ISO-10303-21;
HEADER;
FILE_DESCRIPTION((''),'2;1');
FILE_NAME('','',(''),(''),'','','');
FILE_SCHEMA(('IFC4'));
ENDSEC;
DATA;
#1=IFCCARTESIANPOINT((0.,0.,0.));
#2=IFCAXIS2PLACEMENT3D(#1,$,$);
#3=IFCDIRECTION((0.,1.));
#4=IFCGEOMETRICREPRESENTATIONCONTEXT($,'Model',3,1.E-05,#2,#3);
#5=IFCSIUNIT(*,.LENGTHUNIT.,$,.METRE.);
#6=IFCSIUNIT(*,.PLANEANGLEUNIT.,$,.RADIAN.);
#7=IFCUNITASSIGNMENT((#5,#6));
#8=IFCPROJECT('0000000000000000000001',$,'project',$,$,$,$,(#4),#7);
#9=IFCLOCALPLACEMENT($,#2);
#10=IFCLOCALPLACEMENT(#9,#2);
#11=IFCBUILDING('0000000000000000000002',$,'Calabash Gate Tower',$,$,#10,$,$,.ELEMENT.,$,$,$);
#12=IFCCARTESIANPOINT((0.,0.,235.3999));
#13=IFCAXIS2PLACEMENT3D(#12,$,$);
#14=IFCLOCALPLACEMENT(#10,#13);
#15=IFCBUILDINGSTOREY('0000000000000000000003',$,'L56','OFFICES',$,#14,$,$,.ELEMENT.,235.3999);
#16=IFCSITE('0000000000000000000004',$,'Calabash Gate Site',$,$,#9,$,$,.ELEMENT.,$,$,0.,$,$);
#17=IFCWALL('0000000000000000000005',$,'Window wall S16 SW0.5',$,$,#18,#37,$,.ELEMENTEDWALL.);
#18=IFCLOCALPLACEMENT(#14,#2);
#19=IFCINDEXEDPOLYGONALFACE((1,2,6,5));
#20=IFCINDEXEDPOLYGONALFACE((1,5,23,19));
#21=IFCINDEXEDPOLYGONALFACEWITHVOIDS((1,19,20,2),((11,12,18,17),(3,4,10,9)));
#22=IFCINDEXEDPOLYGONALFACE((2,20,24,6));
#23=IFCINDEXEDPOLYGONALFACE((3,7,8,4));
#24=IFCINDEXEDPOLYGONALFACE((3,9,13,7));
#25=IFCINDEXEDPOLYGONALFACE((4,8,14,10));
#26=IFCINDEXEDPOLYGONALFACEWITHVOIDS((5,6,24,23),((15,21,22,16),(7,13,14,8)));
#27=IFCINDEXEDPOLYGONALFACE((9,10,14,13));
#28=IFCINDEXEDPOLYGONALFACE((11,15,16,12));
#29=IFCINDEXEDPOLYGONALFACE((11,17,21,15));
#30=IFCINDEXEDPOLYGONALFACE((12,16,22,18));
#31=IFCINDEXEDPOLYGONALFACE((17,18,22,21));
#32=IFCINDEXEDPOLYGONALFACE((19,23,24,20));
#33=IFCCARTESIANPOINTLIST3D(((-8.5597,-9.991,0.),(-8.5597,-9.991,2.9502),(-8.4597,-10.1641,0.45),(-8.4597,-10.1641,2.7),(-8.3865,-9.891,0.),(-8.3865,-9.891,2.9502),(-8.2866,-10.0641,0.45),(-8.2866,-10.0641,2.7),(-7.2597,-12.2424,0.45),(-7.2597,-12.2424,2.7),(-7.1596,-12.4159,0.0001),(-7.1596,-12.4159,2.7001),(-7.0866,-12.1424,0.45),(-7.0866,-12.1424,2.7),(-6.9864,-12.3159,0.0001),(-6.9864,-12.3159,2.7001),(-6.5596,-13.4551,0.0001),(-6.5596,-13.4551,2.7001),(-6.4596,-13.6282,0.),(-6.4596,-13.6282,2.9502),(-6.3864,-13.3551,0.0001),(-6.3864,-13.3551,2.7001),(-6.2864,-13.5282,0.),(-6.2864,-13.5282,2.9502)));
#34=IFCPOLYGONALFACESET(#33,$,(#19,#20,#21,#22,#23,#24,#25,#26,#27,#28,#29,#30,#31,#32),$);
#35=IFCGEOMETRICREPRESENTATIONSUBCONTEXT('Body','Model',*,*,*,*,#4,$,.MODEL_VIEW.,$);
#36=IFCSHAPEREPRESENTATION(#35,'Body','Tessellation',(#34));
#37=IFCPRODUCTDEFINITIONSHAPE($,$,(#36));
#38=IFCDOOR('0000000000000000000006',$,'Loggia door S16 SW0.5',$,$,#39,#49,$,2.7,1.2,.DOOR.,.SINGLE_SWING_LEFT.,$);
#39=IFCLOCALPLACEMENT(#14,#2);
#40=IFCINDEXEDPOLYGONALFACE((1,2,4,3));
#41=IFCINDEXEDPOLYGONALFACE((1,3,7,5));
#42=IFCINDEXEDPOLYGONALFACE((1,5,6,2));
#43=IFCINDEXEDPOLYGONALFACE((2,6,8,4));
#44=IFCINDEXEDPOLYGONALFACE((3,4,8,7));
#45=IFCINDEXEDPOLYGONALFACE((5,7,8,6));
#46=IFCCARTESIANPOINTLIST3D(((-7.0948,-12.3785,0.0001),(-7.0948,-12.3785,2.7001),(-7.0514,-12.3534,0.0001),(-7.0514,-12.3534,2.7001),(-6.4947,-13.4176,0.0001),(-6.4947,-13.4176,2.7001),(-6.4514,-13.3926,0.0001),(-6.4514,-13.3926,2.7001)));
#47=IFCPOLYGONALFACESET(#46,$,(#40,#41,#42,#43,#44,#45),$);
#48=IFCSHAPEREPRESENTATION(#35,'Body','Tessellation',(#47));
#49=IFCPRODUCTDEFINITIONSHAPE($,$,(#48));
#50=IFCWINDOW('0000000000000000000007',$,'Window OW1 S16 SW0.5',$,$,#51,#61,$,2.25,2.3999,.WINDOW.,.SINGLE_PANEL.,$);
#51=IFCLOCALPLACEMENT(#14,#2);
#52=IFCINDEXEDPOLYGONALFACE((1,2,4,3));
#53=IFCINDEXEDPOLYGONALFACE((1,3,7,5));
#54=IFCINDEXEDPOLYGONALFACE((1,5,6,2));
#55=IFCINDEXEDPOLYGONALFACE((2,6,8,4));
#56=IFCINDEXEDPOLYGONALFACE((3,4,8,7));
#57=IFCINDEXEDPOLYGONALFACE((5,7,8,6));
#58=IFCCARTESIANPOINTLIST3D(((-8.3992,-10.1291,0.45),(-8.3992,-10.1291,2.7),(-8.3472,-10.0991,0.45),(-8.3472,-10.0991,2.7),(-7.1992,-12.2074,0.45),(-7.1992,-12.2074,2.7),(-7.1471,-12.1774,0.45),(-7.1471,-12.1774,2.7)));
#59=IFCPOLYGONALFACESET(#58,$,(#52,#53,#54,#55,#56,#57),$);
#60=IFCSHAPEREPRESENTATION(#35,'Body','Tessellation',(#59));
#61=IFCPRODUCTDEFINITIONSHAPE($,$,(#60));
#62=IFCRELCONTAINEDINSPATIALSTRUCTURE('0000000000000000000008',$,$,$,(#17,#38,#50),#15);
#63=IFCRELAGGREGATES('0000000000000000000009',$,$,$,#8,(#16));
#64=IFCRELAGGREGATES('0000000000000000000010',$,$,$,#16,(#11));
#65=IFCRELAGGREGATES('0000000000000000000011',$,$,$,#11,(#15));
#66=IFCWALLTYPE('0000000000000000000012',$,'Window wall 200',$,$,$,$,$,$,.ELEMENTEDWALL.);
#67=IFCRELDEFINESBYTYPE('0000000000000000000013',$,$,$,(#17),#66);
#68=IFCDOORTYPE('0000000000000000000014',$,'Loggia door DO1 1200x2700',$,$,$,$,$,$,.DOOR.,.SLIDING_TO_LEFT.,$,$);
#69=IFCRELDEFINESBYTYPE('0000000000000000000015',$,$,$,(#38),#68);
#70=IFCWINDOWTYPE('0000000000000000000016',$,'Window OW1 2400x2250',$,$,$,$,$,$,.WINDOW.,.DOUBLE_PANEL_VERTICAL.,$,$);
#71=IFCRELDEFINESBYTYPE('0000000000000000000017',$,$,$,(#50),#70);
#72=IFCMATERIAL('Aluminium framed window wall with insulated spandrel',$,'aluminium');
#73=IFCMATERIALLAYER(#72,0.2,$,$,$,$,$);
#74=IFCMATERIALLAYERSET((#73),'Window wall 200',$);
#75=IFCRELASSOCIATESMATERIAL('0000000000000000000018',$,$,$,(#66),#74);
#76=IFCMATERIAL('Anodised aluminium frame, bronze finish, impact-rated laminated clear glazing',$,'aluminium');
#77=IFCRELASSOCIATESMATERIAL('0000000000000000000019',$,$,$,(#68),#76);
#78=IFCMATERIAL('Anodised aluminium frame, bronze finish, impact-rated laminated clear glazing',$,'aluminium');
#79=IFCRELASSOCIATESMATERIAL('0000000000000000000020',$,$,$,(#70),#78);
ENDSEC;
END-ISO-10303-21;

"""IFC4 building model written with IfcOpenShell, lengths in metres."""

from ifc_helpers import new_model, si_unit, direction, frame, frame_2d, origin, place, context, subcontext, project, spatial, rectangle, extrude, material, layer, layer_set, type_object, element, fill, save


model = new_model("IFC4")

# Units and contexts
model_context = context("Model", 3, precision=1e-05, world=origin(), true_north=direction((0.0, 1.0)))
body_context = subcontext(model_context, "Body", "Model", "MODEL_VIEW")
ifc_project = project(units=[si_unit("LENGTHUNIT", "METRE"), si_unit("PLANEANGLEUNIT", "RADIAN")], contexts=[model_context])

# Site, building, storey
site_placement = place(None, origin())
site = spatial("IfcSite", under=ifc_project, at=site_placement, Name="Calabash Gate Site", CompositionType="ELEMENT", RefElevation=0.0)
building_placement = place(site_placement, origin())
building = spatial("IfcBuilding", under=site, at=building_placement, Name="Calabash Gate Tower", CompositionType="ELEMENT")
storey_placement = place(building_placement, frame((0.0, 0.0, 235.3999)))
storey = spatial("IfcBuildingStorey", under=building, at=storey_placement, Name="L56", Description="OFFICES", CompositionType="ELEMENT", Elevation=235.3999)

# Shared definitions
ifc_material_1 = material(Name="Aluminium framed window wall with insulated spandrel", Category="aluminium")
ifc_layer_1 = layer(ifc_material_1, 0.2)
ifc_layer_set_1 = layer_set([ifc_layer_1], Name="Window wall 200")
wall_type_1 = type_object("IfcWallType", Name="Window wall 200", PredefinedType="ELEMENTEDWALL", material=ifc_layer_set_1)

# Wall, openings, door, window
wall_1_placement = place(storey_placement, frame((-8.4731, -9.9409, 0.0), z_axis=(0.0, 0.0, 1.0), x_axis=(0.500028, -0.866009, 0.0)))
wall_1 = element("IfcWall", 1, at=wall_1_placement, inside=storey, type_object=wall_type_1, Name="Window wall S16 SW0.5", PredefinedType="ELEMENTEDWALL", context=body_context, shape_type="SweptSolid", body=[
    extrude(rectangle(XDim=4.2, YDim=0.2, at=frame_2d((2.1001, 0.0))), origin(), (0.0, 0.0, 1.0), 2.9502),
])
opening_1_placement = place(wall_1_placement, frame((0.2, 0.0, 0.45)))
opening_1 = element("IfcOpeningElement", 2, at=opening_1_placement, cuts=wall_1, PredefinedType="OPENING", context=body_context, shape_type="SweptSolid", body=[
    extrude(rectangle(XDim=2.3999, YDim=2.25, at=frame_2d((1.2, 1.125))), frame((0.0, 0.1099, 0.0), z_axis=(0.0, -1.0, 0.0), x_axis=(1.0, 0.0, 0.0)), (0.0, 0.0, 1.0), 0.22),
])
opening_2_placement = place(wall_1_placement, frame((2.8, 0.0, 0.0)))
opening_2 = element("IfcOpeningElement", 3, at=opening_2_placement, cuts=wall_1, PredefinedType="OPENING", context=body_context, shape_type="SweptSolid", body=[
    extrude(rectangle(XDim=1.2, YDim=2.7, at=frame_2d((0.6001, 1.3501))), frame((0.0, 0.1099, 0.0), z_axis=(0.0, -1.0, 0.0), x_axis=(1.0, 0.0, 0.0)), (0.0, 0.0, 1.0), 0.22),
])
ifc_material_2 = material(Name="Anodised aluminium frame, bronze finish, impact-rated laminated clear glazing", Category="aluminium")
door_type_1 = type_object("IfcDoorType", Name="Loggia door DO1 1200x2700", OperationType="SLIDING_TO_LEFT", PredefinedType="DOOR", material=ifc_material_2)
door_1_placement = place(opening_2_placement, origin())
door_1 = element("IfcDoor", 4, at=door_1_placement, inside=storey, type_object=door_type_1, Name="Loggia door S16 SW0.5", OperationType="SINGLE_SWING_LEFT", OverallHeight=2.7, OverallWidth=1.2, PredefinedType="DOOR", context=body_context, shape_type="SweptSolid", body=[
    extrude(rectangle(XDim=1.2, YDim=2.7, at=frame_2d((0.6001, 1.3501))), frame((0.0, 0.0249, 0.0), z_axis=(0.0, -1.0, 0.0), x_axis=(1.0, 0.0, 0.0)), (0.0, 0.0, 1.0), 0.05),
])
fill(opening_2, door_1)
ifc_material_3 = material(Name="Anodised aluminium frame, bronze finish, impact-rated laminated clear glazing", Category="aluminium")
window_type_1 = type_object("IfcWindowType", Name="Window OW1 2400x2250", PartitioningType="DOUBLE_PANEL_VERTICAL", PredefinedType="WINDOW", material=ifc_material_3)
window_1_placement = place(opening_1_placement, origin())
window_1 = element("IfcWindow", 5, at=window_1_placement, inside=storey, type_object=window_type_1, Name="Window OW1 S16 SW0.5", OverallHeight=2.25, OverallWidth=2.3999, PartitioningType="SINGLE_PANEL", PredefinedType="WINDOW", context=body_context, shape_type="SweptSolid", body=[
    extrude(rectangle(XDim=2.3999, YDim=2.25, at=frame_2d((1.2, 1.125))), frame((0.0, 0.03, 0.0), z_axis=(0.0, -1.0, 0.0), x_axis=(1.0, 0.0, 0.0)), (0.0, 0.0, 1.0), 0.0601),
])
fill(opening_1, window_1)

save(model, "model.ifc")
